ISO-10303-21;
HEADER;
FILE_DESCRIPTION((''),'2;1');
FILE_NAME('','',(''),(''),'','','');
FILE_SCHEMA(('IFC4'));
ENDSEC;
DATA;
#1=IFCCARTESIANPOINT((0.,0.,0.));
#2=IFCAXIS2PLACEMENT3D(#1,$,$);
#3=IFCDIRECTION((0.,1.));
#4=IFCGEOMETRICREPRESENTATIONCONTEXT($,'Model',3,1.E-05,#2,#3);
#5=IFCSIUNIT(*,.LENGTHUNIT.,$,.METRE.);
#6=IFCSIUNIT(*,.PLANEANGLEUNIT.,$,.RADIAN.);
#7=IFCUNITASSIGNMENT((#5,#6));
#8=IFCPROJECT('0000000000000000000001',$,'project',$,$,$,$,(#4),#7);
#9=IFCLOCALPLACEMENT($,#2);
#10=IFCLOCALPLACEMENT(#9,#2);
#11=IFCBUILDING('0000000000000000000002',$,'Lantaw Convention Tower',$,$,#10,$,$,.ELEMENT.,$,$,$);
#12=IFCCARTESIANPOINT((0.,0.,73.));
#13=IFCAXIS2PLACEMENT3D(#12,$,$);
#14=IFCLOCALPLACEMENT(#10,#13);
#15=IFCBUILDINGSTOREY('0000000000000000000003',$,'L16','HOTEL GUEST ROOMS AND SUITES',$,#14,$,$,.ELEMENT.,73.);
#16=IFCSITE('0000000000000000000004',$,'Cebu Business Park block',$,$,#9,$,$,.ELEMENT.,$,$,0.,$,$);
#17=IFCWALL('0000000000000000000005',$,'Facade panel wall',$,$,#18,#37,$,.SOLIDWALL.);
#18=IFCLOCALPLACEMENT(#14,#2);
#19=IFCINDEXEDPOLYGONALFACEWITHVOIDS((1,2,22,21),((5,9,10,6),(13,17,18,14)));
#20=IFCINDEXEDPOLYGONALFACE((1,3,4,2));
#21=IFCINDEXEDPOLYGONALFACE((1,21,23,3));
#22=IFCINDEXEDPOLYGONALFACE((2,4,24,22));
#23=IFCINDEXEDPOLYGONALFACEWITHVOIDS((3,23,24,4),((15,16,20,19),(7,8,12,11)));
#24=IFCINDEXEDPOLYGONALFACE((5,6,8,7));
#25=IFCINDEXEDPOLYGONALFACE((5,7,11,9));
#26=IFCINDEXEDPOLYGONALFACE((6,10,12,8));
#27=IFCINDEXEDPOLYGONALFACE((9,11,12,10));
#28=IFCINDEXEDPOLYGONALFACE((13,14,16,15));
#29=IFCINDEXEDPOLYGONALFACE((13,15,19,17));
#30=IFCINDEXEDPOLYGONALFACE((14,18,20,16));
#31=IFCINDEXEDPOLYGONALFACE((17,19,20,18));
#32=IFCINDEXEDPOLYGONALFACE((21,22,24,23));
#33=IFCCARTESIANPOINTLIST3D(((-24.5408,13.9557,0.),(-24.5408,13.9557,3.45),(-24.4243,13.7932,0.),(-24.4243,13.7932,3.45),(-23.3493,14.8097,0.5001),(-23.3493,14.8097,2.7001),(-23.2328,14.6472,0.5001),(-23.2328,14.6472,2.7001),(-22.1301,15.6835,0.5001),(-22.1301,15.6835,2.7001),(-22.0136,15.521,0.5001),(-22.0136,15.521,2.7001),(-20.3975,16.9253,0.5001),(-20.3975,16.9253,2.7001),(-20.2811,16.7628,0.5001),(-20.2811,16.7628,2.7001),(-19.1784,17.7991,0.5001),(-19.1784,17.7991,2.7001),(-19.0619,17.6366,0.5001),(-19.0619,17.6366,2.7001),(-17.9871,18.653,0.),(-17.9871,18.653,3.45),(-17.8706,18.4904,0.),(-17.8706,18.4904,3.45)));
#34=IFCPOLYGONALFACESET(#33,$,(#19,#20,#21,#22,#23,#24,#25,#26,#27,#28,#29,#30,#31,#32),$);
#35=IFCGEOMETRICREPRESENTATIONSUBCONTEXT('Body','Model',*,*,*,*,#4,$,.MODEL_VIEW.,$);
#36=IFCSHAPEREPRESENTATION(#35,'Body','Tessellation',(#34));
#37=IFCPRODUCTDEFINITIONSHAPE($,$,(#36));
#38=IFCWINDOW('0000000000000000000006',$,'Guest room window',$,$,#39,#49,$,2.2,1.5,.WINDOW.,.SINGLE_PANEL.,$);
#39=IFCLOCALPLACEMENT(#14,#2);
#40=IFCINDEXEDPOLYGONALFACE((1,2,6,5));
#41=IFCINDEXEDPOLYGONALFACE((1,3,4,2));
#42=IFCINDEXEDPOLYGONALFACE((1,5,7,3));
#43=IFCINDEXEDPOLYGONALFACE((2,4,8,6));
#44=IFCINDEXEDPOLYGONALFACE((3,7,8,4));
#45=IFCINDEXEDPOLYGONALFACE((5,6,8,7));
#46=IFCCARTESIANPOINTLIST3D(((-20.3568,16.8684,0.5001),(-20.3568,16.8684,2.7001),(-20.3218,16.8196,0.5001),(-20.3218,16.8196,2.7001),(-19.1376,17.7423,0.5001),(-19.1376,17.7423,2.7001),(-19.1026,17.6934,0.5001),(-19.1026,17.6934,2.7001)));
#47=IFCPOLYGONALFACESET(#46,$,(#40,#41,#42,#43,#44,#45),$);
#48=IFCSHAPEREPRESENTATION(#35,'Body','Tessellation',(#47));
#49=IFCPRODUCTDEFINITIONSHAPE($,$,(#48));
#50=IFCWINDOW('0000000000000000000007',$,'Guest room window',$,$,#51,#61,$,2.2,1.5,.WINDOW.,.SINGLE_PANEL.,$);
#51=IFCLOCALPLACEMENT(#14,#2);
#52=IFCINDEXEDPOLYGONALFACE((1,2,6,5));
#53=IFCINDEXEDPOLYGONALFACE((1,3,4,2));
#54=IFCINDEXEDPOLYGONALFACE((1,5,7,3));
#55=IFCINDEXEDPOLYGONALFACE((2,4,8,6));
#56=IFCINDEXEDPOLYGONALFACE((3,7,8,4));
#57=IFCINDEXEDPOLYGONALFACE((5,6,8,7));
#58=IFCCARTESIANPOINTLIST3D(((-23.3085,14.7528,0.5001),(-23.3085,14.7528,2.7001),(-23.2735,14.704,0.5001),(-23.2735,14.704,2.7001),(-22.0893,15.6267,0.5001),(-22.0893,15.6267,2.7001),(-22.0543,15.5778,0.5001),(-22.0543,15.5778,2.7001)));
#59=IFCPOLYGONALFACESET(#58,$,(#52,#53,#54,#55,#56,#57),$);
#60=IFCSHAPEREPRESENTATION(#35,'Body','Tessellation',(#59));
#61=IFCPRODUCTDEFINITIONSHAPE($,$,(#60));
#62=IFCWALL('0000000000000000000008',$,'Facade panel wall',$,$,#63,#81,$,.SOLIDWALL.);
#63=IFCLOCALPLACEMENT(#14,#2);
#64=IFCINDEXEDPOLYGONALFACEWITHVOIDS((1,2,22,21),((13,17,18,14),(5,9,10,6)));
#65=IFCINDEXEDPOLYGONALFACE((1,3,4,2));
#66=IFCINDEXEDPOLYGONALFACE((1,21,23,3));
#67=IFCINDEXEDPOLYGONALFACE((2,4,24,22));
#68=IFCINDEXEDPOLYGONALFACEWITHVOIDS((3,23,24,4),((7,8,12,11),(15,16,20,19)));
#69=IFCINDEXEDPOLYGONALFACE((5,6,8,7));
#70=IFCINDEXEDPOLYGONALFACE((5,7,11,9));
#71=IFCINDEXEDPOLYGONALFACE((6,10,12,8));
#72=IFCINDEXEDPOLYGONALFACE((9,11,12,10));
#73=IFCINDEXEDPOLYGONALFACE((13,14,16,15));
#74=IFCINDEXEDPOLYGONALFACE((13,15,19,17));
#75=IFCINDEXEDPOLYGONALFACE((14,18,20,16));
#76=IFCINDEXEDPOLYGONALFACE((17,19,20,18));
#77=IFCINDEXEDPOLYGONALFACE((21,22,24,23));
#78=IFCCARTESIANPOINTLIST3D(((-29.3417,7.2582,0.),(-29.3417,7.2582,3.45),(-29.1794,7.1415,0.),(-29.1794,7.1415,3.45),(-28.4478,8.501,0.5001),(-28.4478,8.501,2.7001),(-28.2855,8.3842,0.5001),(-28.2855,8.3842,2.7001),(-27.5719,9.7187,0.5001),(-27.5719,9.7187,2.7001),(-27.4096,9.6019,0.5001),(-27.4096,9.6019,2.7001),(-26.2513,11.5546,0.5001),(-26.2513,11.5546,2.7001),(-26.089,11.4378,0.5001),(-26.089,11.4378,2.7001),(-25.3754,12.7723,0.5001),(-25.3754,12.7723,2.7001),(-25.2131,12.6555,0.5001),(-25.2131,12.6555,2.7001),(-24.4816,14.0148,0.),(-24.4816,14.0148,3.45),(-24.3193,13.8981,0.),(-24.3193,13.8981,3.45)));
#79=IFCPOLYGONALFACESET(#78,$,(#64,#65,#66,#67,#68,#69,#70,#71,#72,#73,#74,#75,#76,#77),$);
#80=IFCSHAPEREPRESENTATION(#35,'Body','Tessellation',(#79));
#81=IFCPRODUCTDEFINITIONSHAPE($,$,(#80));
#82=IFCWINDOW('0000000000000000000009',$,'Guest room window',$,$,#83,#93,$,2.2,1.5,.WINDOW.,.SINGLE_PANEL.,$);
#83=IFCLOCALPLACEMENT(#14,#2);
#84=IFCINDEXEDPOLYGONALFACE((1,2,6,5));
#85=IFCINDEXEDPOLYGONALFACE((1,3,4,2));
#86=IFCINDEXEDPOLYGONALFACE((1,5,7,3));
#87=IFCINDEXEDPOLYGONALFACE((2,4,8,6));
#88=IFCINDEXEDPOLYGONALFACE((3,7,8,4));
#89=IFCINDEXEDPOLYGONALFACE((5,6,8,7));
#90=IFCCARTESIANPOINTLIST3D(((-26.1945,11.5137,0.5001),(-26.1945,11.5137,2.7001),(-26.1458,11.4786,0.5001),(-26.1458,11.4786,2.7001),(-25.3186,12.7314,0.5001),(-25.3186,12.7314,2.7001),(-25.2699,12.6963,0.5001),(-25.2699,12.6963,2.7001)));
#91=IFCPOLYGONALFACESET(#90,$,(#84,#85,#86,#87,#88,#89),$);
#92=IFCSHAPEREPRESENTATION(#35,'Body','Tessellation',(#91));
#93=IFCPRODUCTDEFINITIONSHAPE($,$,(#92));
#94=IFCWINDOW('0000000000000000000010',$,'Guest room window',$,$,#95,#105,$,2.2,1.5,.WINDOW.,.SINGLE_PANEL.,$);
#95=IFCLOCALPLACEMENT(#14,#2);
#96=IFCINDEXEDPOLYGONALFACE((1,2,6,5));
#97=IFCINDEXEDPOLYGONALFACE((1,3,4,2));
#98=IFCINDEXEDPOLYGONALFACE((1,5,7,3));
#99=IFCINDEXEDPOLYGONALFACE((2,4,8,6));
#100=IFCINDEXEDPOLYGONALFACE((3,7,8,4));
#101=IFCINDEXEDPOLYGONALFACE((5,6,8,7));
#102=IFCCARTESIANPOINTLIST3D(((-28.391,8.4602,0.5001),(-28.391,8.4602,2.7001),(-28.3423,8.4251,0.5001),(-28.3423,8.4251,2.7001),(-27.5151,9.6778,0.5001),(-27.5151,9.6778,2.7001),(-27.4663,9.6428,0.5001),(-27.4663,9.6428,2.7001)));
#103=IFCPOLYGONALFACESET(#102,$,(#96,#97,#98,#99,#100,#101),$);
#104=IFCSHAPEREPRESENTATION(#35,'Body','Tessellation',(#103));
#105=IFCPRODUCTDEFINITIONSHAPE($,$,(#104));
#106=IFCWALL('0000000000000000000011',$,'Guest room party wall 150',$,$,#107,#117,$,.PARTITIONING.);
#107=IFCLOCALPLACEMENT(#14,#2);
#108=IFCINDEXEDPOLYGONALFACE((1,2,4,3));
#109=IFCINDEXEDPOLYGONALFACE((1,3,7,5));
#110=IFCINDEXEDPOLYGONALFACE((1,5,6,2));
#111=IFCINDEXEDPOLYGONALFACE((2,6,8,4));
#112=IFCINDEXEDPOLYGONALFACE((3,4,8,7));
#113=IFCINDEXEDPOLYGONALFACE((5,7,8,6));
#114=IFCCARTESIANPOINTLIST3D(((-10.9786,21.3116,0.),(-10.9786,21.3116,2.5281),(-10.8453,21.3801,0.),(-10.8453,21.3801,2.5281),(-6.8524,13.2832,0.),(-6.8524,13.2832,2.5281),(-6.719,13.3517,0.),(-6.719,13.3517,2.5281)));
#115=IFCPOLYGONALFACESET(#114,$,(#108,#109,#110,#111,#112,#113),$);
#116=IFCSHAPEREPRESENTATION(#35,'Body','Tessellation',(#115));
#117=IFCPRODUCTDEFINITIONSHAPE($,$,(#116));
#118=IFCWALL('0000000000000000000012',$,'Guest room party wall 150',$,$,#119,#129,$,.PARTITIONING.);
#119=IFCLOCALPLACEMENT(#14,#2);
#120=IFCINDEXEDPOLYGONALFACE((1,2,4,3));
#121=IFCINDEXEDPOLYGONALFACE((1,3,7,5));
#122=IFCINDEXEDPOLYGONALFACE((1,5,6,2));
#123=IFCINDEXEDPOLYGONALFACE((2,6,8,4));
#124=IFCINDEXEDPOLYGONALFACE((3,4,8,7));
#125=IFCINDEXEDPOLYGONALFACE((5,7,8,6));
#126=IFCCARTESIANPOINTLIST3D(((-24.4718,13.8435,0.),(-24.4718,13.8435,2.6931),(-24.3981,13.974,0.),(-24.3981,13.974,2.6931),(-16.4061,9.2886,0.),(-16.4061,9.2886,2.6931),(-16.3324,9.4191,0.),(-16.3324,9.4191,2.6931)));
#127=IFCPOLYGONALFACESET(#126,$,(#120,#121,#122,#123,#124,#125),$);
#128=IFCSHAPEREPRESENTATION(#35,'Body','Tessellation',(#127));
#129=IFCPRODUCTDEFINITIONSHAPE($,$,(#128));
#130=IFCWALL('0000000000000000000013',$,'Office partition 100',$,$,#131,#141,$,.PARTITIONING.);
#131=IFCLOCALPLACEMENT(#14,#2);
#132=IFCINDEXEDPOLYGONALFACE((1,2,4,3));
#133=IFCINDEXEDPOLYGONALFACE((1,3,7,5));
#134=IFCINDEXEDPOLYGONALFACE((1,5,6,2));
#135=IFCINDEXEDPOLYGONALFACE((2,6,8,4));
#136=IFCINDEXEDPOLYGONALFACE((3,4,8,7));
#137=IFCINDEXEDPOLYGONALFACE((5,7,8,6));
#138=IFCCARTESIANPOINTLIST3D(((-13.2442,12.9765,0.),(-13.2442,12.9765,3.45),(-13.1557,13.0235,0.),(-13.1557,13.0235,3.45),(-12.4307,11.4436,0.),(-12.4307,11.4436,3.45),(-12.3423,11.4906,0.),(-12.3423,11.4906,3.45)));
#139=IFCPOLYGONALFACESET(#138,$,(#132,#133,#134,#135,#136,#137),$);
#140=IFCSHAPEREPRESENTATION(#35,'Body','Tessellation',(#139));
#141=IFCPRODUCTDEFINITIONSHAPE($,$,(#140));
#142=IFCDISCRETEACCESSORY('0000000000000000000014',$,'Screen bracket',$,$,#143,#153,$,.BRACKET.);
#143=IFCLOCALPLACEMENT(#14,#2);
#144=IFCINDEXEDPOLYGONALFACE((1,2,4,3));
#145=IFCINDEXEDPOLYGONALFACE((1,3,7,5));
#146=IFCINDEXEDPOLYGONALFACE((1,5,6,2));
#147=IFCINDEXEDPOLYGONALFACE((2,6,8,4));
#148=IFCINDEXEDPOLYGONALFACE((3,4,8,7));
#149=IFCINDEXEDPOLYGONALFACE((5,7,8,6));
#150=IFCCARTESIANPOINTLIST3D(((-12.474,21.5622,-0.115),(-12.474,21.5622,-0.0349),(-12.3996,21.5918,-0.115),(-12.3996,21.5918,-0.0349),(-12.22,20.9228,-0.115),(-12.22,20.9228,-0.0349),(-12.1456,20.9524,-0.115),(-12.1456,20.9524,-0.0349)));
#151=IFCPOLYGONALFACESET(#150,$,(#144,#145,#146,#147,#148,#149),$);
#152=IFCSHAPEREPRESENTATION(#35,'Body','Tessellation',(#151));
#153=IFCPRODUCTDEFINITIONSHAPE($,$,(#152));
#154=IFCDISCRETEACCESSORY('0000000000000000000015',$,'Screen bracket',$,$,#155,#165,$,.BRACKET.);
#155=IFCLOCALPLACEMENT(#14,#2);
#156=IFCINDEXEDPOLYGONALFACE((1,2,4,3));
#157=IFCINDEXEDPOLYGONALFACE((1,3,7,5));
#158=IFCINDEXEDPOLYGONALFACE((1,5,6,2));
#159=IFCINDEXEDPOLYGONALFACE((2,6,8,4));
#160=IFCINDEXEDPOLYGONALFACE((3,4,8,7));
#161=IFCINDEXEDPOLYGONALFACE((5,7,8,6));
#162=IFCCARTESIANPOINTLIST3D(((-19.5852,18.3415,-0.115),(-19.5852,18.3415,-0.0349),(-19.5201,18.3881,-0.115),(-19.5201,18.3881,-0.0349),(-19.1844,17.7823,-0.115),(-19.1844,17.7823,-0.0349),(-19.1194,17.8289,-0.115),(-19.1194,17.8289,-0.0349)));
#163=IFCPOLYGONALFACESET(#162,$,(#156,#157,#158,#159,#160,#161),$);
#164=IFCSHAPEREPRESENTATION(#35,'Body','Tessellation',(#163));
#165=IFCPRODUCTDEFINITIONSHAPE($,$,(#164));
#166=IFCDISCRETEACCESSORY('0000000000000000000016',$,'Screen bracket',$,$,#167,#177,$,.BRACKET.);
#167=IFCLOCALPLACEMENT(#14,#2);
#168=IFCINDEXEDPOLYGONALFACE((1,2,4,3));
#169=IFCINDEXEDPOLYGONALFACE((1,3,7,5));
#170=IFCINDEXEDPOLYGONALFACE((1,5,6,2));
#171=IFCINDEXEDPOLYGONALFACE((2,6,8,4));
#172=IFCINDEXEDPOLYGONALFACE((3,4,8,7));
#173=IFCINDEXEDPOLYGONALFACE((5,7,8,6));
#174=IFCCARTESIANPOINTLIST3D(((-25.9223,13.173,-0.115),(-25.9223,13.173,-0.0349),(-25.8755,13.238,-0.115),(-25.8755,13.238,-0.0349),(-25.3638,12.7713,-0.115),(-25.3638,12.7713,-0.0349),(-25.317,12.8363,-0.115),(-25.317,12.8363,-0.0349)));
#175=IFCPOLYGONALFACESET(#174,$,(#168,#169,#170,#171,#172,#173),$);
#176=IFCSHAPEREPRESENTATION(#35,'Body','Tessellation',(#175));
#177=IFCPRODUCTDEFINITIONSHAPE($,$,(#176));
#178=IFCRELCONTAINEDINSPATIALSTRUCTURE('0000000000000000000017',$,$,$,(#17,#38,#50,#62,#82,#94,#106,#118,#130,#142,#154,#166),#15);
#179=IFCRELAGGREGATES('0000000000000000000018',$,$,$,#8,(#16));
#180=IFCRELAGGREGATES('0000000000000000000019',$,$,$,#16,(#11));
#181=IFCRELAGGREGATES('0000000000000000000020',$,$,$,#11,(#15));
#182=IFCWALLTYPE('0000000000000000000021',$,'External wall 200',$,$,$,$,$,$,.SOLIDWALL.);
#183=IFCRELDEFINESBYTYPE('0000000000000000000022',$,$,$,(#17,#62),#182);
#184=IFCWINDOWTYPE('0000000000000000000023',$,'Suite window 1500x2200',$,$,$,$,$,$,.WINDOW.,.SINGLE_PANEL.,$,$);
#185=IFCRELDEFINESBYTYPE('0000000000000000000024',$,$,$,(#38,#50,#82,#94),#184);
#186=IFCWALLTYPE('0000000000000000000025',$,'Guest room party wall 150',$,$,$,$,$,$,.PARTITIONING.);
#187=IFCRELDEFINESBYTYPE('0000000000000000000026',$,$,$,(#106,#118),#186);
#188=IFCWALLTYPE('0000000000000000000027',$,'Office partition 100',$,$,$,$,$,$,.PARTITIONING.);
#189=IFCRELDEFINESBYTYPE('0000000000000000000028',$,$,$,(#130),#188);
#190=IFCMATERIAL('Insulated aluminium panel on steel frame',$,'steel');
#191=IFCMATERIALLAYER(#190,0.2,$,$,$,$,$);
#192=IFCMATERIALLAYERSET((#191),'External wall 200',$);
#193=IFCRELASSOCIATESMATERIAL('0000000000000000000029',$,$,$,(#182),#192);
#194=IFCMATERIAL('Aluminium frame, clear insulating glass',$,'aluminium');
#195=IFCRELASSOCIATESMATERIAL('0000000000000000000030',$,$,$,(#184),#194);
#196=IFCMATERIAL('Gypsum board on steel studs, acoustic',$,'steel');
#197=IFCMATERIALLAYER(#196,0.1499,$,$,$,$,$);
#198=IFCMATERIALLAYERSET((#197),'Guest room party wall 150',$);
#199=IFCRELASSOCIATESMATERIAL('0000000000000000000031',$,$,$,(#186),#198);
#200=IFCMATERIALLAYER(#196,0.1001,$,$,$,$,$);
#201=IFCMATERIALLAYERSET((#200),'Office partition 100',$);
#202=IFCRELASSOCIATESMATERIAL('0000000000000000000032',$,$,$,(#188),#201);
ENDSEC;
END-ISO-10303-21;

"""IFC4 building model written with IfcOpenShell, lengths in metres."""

from ifc_helpers import new_model, si_unit, direction, frame, frame_2d, origin, origin_2d, place, context, subcontext, project, spatial, rectangle, extrude, material, layer, layer_set, type_object, element, fill, save


model = new_model("IFC4")

# Units and contexts
model_context = context("Model", 3, precision=1e-05, world=origin(), true_north=direction((0.0, 1.0)))
body_context = subcontext(model_context, "Body", "Model", "MODEL_VIEW")
ifc_project = project(units=[si_unit("LENGTHUNIT", "METRE"), si_unit("PLANEANGLEUNIT", "RADIAN")], contexts=[model_context])

# Site, building, storey
site_placement = place(None, origin())
site = spatial("IfcSite", under=ifc_project, at=site_placement, Name="Cebu Business Park block", CompositionType="ELEMENT", RefElevation=0.0)
building_placement = place(site_placement, origin())
building = spatial("IfcBuilding", under=site, at=building_placement, Name="Lantaw Convention Tower", CompositionType="ELEMENT")
storey_placement = place(building_placement, frame((0.0, 0.0, 73.0)))
storey = spatial("IfcBuildingStorey", under=building, at=storey_placement, Name="L16", Description="HOTEL GUEST ROOMS AND SUITES", CompositionType="ELEMENT", Elevation=73.0)

# Walls, openings, windows
ifc_material_1 = material(Name="Insulated aluminium panel on steel frame", Category="steel")
ifc_layer_1 = layer(ifc_material_1, 0.2)
ifc_layer_set_1 = layer_set([ifc_layer_1], Name="External wall 200")
wall_type_1 = type_object("IfcWallType", Name="External wall 200", PredefinedType="SOLIDWALL", material=ifc_layer_set_1)
ifc_material_2 = material(Name="Aluminium frame, clear insulating glass", Category="aluminium")
window_type = type_object("IfcWindowType", Name="Suite window 1500x2200", PartitioningType="SINGLE_PANEL", PredefinedType="WINDOW", material=ifc_material_2)
wall_1_placement = place(storey_placement, frame((-17.9287, 18.5718, 0.0), z_axis=(0.0, 0.0, 1.0), x_axis=(-0.812791, -0.582555, 0.0)))
wall_1 = element("IfcWall", 1, at=wall_1_placement, inside=storey, type_object=wall_type_1, Name="Facade panel wall", PredefinedType="SOLIDWALL", context=body_context, shape_type="SweptSolid", body=[
    extrude(rectangle(XDim=8.0632, YDim=0.2, at=frame_2d((4.0317, 0.0))), origin(), (0.0, 0.0, 1.0), 3.45),
])
opening_1_placement = place(wall_1_placement, frame((1.4658, 0.0, 0.5)))
opening_1 = element("IfcOpeningElement", 2, at=opening_1_placement, cuts=wall_1, PredefinedType="OPENING", context=body_context, shape_type="SweptSolid", body=[
    extrude(rectangle(XDim=1.5, YDim=2.2, at=frame_2d((0.75, 1.1001))), frame((0.0, 0.1099, 0.0), z_axis=(0.0, -1.0, 0.0), x_axis=(1.0, 0.0, 0.0)), (0.0, 0.0, 1.0), 0.22),
])
opening_2_placement = place(wall_1_placement, frame((5.0974, 0.0, 0.5)))
opening_2 = element("IfcOpeningElement", 3, at=opening_2_placement, cuts=wall_1, PredefinedType="OPENING", context=body_context, shape_type="SweptSolid", body=[
    extrude(rectangle(XDim=1.5, YDim=2.2, at=frame_2d((0.75, 1.1001))), frame((0.0, 0.1099, 0.0), z_axis=(0.0, -1.0, 0.0), x_axis=(1.0, 0.0, 0.0)), (0.0, 0.0, 1.0), 0.22),
])
window_1_placement = place(opening_1_placement, origin())
window_1 = element("IfcWindow", 4, at=window_1_placement, inside=storey, type_object=window_type, Name="Guest room window", OverallHeight=2.2, OverallWidth=1.5, PartitioningType="SINGLE_PANEL", PredefinedType="WINDOW", context=body_context, shape_type="SweptSolid", body=[
    extrude(rectangle(XDim=1.5, YDim=2.2, at=frame_2d((0.75, 1.1001))), frame((0.0, 0.03, 0.0), z_axis=(0.0, -1.0, 0.0), x_axis=(1.0, 0.0, 0.0)), (0.0, 0.0, 1.0), 0.0601),
])
fill(opening_1, window_1)
window_2_placement = place(opening_2_placement, origin())
window_2 = element("IfcWindow", 5, at=window_2_placement, inside=storey, type_object=window_type, Name="Guest room window", OverallHeight=2.2, OverallWidth=1.5, PartitioningType="SINGLE_PANEL", PredefinedType="WINDOW", context=body_context, shape_type="SweptSolid", body=[
    extrude(rectangle(XDim=1.5, YDim=2.2, at=frame_2d((0.75, 1.1001))), frame((0.0, 0.03, 0.0), z_axis=(0.0, -1.0, 0.0), x_axis=(1.0, 0.0, 0.0)), (0.0, 0.0, 1.0), 0.0601),
])
fill(opening_2, window_2)
wall_2_placement = place(storey_placement, frame((-24.4004, 13.9565, 0.0), z_axis=(0.0, 0.0, 1.0), x_axis=(-0.583938, -0.811799, 0.0)))
wall_2 = element("IfcWall", 6, at=wall_2_placement, inside=storey, type_object=wall_type_1, Name="Facade panel wall", PredefinedType="SOLIDWALL", context=body_context, shape_type="SweptSolid", body=[
    extrude(rectangle(XDim=8.323, YDim=0.2, at=frame_2d((4.1616, 0.0))), origin(), (0.0, 0.0, 1.0), 3.45),
])
opening_3_placement = place(wall_2_placement, frame((1.5308, 0.0, 0.5)))
opening_3 = element("IfcOpeningElement", 7, at=opening_3_placement, cuts=wall_2, PredefinedType="OPENING", context=body_context, shape_type="SweptSolid", body=[
    extrude(rectangle(XDim=1.5, YDim=2.2, at=frame_2d((0.75, 1.1001))), frame((0.0, 0.1099, 0.0), z_axis=(0.0, -1.0, 0.0), x_axis=(1.0, 0.0, 0.0)), (0.0, 0.0, 1.0), 0.22),
])
opening_4_placement = place(wall_2_placement, frame((5.2922, 0.0, 0.5)))
opening_4 = element("IfcOpeningElement", 8, at=opening_4_placement, cuts=wall_2, PredefinedType="OPENING", context=body_context, shape_type="SweptSolid", body=[
    extrude(rectangle(XDim=1.5, YDim=2.2, at=frame_2d((0.75, 1.1001))), frame((0.0, 0.1099, 0.0), z_axis=(0.0, -1.0, 0.0), x_axis=(1.0, 0.0, 0.0)), (0.0, 0.0, 1.0), 0.22),
])
window_3_placement = place(opening_3_placement, origin())
window_3 = element("IfcWindow", 9, at=window_3_placement, inside=storey, type_object=window_type, Name="Guest room window", OverallHeight=2.2, OverallWidth=1.5, PartitioningType="SINGLE_PANEL", PredefinedType="WINDOW", context=body_context, shape_type="SweptSolid", body=[
    extrude(rectangle(XDim=1.5, YDim=2.2, at=frame_2d((0.75, 1.1001))), frame((0.0, 0.03, 0.0), z_axis=(0.0, -1.0, 0.0), x_axis=(1.0, 0.0, 0.0)), (0.0, 0.0, 1.0), 0.0601),
])
fill(opening_3, window_3)
window_4_placement = place(opening_4_placement, origin())
window_4 = element("IfcWindow", 10, at=window_4_placement, inside=storey, type_object=window_type, Name="Guest room window", OverallHeight=2.2, OverallWidth=1.5, PartitioningType="SINGLE_PANEL", PredefinedType="WINDOW", context=body_context, shape_type="SweptSolid", body=[
    extrude(rectangle(XDim=1.5, YDim=2.2, at=frame_2d((0.75, 1.1001))), frame((0.0, 0.03, 0.0), z_axis=(0.0, -1.0, 0.0), x_axis=(1.0, 0.0, 0.0)), (0.0, 0.0, 1.0), 0.0601),
])
fill(opening_4, window_4)

# Walls
ifc_material_3 = material(Name="Gypsum board on steel studs, acoustic", Category="steel")
ifc_layer_2 = layer(ifc_material_3, 0.1499)
ifc_layer_set_2 = layer_set([ifc_layer_2], Name="Guest room party wall 150")
wall_type_2 = type_object("IfcWallType", Name="Guest room party wall 150", PredefinedType="PARTITIONING", material=ifc_layer_set_2)
wall_3_placement = place(storey_placement, frame((-10.9119, 21.3457, 0.0), z_axis=(0.0, 0.0, 1.0), x_axis=(0.457118, -0.889406, 0.0)))
element("IfcWall", 11, at=wall_3_placement, inside=storey, type_object=wall_type_2, Name="Guest room party wall 150", PredefinedType="PARTITIONING", context=body_context, shape_type="SweptSolid", body=[
    extrude(rectangle(XDim=9.0266, YDim=0.1499, at=frame_2d((4.5132, 0.0))), origin(), (0.0, 0.0, 1.0), 2.5281),
])
wall_4_placement = place(storey_placement, frame((-24.4348, 13.9087, 0.0), z_axis=(0.0, 0.0, 1.0), x_axis=(0.870744, -0.491736, 0.0)))
element("IfcWall", 12, at=wall_4_placement, inside=storey, type_object=wall_type_2, Name="Guest room party wall 150", PredefinedType="PARTITIONING", context=body_context, shape_type="SweptSolid", body=[
    extrude(rectangle(XDim=9.2629, YDim=0.1499, at=frame_2d((4.6313, 0.0))), origin(), (0.0, 0.0, 1.0), 2.6931),
])
ifc_layer_3 = layer(ifc_material_3, 0.1001)
ifc_layer_set_3 = layer_set([ifc_layer_3], Name="Office partition 100")
wall_type_3 = type_object("IfcWallType", Name="Office partition 100", PredefinedType="PARTITIONING", material=ifc_layer_set_3)
wall_5_placement = place(storey_placement, frame((-13.2, 13.0, 0.0), z_axis=(0.0, 0.0, 1.0), x_axis=(0.468747, -0.883332, 0.0)))
element("IfcWall", 13, at=wall_5_placement, inside=storey, type_object=wall_type_3, Name="Office partition 100", PredefinedType="PARTITIONING", context=body_context, shape_type="SweptSolid", body=[
    extrude(rectangle(XDim=1.7354, YDim=0.1001, at=frame_2d((0.8677, 0.0))), origin(), (0.0, 0.0, 1.0), 3.45),
])

# Discrete accessories
for number, where, z_axis, x_axis, name in (
    (14, (-12.3098, 21.2573, -0.115), (0.0, 0.0, 1.0), (-0.929361, -0.369172, 0.0), "Screen bracket"),
    (15, (-19.3523, 18.0852, -0.115), (0.0, 0.0, 1.0), (-0.812804, -0.582538, 0.0), "Screen bracket"),
    (16, (-25.6196, 13.0046, -0.115), (0.0, 0.0, 1.0), (-0.583951, -0.811789, 0.0), "Screen bracket"),
):
    element("IfcDiscreteAccessory", number, at=place(storey_placement, frame(where, z_axis=z_axis, x_axis=x_axis)), inside=storey, Name=name, PredefinedType="BRACKET", context=body_context, shape_type="SweptSolid", body=[
        extrude(rectangle(XDim=0.0801, YDim=0.688, at=origin_2d()), origin(), (0.0, 0.0, 1.0), 0.0801),
    ])

save(model, "model.ifc")
